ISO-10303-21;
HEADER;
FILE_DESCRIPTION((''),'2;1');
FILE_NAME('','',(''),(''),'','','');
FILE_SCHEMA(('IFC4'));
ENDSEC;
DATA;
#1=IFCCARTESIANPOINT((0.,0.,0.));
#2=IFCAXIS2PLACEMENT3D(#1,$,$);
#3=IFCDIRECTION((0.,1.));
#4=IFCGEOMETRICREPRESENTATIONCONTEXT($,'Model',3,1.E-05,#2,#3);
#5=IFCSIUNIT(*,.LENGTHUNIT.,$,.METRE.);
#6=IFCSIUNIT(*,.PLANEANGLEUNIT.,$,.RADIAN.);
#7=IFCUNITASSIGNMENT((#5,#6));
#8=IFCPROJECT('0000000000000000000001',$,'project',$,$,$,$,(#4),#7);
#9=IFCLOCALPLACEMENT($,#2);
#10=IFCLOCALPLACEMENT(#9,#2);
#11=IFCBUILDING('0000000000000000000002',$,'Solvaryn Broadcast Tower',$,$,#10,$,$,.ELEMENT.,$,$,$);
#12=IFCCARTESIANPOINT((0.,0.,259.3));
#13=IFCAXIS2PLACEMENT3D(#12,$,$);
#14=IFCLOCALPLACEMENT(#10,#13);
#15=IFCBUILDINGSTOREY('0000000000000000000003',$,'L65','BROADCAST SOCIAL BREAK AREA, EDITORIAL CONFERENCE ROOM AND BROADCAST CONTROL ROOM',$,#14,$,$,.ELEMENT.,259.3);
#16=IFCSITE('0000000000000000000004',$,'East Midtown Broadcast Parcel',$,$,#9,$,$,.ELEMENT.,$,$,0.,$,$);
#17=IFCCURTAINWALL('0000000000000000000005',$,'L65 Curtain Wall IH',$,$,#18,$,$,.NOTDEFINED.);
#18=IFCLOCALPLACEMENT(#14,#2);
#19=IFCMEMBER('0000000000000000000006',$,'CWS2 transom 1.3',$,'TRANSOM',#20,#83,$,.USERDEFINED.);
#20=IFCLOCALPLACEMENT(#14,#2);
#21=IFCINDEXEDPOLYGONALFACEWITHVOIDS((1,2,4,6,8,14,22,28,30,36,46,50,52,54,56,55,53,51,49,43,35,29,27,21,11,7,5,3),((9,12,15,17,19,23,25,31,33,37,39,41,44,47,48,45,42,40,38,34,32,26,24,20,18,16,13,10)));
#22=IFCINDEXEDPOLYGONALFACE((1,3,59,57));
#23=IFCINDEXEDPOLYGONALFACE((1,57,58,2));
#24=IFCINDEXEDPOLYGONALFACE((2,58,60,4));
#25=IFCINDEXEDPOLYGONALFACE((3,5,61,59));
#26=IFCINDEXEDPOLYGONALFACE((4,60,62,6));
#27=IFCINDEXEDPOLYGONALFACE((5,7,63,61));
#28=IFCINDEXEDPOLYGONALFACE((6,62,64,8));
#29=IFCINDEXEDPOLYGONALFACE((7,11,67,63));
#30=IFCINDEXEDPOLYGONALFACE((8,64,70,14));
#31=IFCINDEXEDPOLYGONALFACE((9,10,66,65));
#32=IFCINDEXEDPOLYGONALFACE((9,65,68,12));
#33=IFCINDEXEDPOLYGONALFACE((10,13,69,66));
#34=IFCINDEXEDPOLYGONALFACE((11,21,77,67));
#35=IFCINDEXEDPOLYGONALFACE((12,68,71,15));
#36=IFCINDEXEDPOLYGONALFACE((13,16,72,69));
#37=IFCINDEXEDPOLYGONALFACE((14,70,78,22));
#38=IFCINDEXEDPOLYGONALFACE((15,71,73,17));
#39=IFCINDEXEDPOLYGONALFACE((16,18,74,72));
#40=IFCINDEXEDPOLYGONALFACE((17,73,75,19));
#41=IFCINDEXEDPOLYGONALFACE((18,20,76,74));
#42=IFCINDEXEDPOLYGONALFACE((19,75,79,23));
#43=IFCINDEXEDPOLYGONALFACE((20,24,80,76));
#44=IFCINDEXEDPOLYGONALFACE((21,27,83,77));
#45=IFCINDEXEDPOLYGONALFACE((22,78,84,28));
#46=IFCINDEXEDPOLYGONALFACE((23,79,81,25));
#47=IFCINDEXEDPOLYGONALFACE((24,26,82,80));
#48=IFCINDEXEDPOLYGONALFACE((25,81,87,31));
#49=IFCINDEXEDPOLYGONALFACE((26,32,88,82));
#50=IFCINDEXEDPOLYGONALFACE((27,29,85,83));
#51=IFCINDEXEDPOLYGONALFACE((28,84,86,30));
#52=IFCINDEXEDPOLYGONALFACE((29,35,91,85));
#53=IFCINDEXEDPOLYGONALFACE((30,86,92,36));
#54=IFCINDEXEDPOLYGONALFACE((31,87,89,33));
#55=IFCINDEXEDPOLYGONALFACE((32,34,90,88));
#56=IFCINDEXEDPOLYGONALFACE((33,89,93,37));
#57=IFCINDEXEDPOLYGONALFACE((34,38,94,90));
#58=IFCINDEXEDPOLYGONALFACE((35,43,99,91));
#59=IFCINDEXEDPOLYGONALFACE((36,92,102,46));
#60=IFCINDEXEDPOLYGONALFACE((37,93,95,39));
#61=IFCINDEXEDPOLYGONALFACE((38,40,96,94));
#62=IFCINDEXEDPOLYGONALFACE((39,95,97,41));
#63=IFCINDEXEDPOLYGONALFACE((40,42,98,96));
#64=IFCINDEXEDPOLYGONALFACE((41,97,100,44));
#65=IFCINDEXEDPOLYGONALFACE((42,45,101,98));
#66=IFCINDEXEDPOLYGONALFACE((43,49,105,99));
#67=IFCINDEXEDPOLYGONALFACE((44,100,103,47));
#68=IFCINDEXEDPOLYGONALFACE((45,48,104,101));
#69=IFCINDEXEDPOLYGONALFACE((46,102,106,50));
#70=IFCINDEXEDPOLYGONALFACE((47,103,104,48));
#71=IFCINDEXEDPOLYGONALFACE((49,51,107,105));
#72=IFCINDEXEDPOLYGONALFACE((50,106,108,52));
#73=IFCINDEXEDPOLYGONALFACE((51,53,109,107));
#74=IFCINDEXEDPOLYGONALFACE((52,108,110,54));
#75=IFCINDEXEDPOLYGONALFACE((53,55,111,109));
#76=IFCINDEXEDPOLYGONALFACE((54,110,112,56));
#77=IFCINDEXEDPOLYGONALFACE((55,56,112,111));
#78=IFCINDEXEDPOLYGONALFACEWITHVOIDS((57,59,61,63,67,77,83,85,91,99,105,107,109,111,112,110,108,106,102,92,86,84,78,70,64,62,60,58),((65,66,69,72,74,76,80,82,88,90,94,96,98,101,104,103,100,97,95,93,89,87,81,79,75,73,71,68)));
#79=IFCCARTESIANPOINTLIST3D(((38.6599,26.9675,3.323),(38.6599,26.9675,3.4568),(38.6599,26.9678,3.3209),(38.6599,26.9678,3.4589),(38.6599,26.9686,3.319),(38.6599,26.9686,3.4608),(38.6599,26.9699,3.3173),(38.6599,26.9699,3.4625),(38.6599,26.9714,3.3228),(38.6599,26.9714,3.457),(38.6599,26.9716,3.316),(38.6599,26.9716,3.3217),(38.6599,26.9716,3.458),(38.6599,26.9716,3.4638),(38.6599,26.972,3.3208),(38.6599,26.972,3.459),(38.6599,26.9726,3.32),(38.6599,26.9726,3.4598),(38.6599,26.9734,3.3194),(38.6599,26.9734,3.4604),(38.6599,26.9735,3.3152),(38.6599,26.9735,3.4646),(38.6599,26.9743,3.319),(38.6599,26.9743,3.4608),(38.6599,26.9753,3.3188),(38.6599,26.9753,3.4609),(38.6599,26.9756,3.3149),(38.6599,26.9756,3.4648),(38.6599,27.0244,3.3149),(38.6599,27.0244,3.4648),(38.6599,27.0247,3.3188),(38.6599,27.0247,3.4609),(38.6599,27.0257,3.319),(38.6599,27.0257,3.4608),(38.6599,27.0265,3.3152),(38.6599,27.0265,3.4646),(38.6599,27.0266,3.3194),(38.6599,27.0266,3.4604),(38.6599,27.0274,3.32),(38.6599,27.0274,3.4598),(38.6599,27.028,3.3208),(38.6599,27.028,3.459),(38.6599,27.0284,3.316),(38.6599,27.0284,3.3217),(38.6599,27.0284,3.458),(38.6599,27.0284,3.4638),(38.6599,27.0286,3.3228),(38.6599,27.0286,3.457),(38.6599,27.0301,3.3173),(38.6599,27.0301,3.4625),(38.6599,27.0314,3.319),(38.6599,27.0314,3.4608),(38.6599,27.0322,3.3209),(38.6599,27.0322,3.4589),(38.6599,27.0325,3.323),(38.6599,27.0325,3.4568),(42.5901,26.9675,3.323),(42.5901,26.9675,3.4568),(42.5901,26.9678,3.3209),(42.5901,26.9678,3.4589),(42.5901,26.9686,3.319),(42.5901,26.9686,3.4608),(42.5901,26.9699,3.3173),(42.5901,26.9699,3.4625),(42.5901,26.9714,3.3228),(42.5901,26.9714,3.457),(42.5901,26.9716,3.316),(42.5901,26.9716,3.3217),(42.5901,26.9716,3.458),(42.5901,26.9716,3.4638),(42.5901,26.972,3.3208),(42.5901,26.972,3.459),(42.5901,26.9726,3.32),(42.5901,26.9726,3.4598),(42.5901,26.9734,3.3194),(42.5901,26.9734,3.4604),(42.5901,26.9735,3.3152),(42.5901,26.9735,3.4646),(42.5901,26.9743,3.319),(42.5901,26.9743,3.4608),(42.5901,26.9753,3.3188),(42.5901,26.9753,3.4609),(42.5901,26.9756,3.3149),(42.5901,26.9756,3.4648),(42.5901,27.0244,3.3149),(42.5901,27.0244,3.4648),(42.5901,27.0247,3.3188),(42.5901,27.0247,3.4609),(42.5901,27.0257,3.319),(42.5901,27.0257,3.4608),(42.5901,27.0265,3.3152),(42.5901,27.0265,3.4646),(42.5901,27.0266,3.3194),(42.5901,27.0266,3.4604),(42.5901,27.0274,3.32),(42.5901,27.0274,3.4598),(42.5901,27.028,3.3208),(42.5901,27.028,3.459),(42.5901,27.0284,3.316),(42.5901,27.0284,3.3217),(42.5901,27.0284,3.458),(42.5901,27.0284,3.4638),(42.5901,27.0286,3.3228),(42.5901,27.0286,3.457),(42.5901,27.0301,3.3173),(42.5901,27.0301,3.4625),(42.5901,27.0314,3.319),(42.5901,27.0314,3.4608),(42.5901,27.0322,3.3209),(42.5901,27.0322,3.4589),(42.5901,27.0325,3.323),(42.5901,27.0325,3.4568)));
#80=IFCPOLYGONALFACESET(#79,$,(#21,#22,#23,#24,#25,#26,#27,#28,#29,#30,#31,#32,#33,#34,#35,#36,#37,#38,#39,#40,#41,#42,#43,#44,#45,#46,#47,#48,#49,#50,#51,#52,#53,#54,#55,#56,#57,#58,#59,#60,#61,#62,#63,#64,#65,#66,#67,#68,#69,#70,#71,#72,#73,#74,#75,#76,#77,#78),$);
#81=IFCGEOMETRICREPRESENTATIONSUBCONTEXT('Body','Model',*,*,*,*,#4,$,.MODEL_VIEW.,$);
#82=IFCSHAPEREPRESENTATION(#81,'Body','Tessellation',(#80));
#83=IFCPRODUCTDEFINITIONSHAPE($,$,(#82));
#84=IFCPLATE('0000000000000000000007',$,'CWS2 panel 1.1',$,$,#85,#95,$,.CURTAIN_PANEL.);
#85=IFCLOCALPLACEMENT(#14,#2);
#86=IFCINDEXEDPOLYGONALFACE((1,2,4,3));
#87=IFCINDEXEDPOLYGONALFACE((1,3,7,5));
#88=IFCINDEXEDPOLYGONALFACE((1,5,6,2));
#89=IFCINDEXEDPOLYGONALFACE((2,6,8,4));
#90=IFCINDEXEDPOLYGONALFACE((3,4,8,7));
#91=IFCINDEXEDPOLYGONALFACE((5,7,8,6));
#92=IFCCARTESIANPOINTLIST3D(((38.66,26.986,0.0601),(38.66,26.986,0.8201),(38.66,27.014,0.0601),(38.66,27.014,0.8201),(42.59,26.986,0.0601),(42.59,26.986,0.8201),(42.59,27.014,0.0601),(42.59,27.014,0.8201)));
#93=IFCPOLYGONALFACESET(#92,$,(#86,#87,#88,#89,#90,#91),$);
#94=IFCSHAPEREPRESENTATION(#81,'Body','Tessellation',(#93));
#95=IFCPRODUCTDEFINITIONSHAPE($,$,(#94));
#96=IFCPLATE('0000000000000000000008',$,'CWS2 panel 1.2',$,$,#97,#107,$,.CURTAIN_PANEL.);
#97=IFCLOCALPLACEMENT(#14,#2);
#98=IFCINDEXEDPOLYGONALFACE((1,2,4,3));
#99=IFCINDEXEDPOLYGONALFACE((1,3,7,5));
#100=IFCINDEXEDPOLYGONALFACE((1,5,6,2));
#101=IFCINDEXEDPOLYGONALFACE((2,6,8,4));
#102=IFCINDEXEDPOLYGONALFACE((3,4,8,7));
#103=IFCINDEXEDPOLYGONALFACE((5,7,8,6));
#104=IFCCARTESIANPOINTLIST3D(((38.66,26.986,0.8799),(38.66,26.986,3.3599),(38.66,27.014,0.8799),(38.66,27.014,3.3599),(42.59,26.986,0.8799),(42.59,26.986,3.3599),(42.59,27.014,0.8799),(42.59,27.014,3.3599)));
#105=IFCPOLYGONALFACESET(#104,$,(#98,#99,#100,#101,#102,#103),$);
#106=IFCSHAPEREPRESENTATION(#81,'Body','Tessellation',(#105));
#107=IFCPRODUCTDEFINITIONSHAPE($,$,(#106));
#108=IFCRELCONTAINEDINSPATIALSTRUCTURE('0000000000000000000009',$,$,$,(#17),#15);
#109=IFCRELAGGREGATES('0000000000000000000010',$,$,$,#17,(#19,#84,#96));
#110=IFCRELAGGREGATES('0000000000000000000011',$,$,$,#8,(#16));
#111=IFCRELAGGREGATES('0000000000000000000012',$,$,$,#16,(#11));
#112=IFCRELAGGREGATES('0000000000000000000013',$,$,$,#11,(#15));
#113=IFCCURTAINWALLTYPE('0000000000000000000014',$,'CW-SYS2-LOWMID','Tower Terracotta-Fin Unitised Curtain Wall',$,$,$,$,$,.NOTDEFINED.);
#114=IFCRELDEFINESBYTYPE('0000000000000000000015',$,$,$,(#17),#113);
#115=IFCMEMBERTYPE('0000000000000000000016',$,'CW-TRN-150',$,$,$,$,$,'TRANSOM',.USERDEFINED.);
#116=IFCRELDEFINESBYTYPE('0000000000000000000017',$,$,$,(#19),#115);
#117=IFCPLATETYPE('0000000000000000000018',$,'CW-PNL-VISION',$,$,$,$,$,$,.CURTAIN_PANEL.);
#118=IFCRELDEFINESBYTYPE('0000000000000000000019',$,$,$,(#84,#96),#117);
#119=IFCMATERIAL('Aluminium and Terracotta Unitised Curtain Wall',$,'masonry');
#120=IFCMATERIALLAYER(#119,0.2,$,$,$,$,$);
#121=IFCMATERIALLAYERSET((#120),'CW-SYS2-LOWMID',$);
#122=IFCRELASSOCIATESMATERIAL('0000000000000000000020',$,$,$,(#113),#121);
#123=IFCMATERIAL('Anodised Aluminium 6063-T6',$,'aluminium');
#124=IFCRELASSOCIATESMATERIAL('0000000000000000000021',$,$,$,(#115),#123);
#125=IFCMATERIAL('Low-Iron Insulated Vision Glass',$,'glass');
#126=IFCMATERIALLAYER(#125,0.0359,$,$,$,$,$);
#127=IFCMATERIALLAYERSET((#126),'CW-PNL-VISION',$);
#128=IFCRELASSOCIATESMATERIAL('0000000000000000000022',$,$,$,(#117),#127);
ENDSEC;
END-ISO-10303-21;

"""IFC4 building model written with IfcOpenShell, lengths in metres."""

from ifc_helpers import new_model, si_unit, direction, frame, origin, origin_2d, place, context, subcontext, project, spatial, rectangle, hollow_rectangle, extrude, material, layer, layer_set, material_profile, profile_set, type_object, element, aggregate, save


model = new_model("IFC4")

# Units and contexts
model_context = context("Model", 3, precision=1e-05, world=origin(), true_north=direction((0.0, 1.0)))
body_context = subcontext(model_context, "Body", "Model", "MODEL_VIEW")
ifc_project = project(units=[si_unit("LENGTHUNIT", "METRE"), si_unit("PLANEANGLEUNIT", "RADIAN")], contexts=[model_context])

# Site, building, storey
site_placement = place(None, origin())
site = spatial("IfcSite", under=ifc_project, at=site_placement, Name="East Midtown Broadcast Parcel", CompositionType="ELEMENT", RefElevation=0.0)
building_placement = place(site_placement, origin())
building = spatial("IfcBuilding", under=site, at=building_placement, Name="Solvaryn Broadcast Tower", CompositionType="ELEMENT")
storey_placement = place(building_placement, frame((0.0, 0.0, 259.3)))
storey = spatial("IfcBuildingStorey", under=building, at=storey_placement, Name="L65", Description="BROADCAST SOCIAL BREAK AREA, EDITORIAL CONFERENCE ROOM AND BROADCAST CONTROL ROOM", CompositionType="ELEMENT", Elevation=259.3)

# Shared definitions
ifc_material_1 = material(Name="Aluminium and Terracotta Unitised Curtain Wall", Category="masonry")
ifc_layer_1 = layer(ifc_material_1, 0.2)
ifc_layer_set_1 = layer_set([ifc_layer_1], Name="CW-SYS2-LOWMID")
curtain_wall_type = type_object("IfcCurtainWallType", Name="CW-SYS2-LOWMID", Description="Tower Terracotta-Fin Unitised Curtain Wall", PredefinedType="NOTDEFINED", material=ifc_layer_set_1)

# Curtain wall
curtain_wall_1_placement = place(storey_placement, origin())
curtain_wall_1 = element("IfcCurtainWall", 1, at=curtain_wall_1_placement, inside=storey, type_object=curtain_wall_type, Name="L65 Curtain Wall IH", PredefinedType="NOTDEFINED")

# Member
ifc_material_2 = material(Name="Anodised Aluminium 6063-T6", Category="aluminium")
ifc_material_profile_1 = material_profile(ifc_material_2, hollow_rectangle(XDim=0.0649, YDim=0.1499, WallThickness=0.0039, InnerFilletRadius=0.0039, OuterFilletRadius=0.0081, at=origin_2d()))
ifc_profile_set_1 = profile_set([ifc_material_profile_1], Name="Anodised Aluminium 6063-T6")
member_type_1 = type_object("IfcMemberType", Name="CW-TRN-150", ElementType="TRANSOM", PredefinedType="USERDEFINED", material=ifc_profile_set_1)
member_1_placement = place(storey_placement, frame((38.6599, 27.0, 3.3899), z_axis=(1.0, 0.0, 0.0), x_axis=(0.0, 1.0, 0.0)))
member_1 = element("IfcMember", 2, at=member_1_placement, type_object=member_type_1, Name="CWS2 transom 1.3", ObjectType="TRANSOM", PredefinedType="USERDEFINED", context=body_context, shape_type="SweptSolid", body=[
    extrude(hollow_rectangle(XDim=0.0649, YDim=0.1499, WallThickness=0.0039, InnerFilletRadius=0.0039, OuterFilletRadius=0.0081, at=origin_2d()), origin(), (0.0, 0.0, 1.0), 3.9302),
])

# Plates
ifc_material_3 = material(Name="Low-Iron Insulated Vision Glass", Category="glass")
ifc_layer_2 = layer(ifc_material_3, 0.0359)
ifc_layer_set_2 = layer_set([ifc_layer_2], Name="CW-PNL-VISION")
plate_type = type_object("IfcPlateType", Name="CW-PNL-VISION", PredefinedType="CURTAIN_PANEL", material=ifc_layer_set_2)
plate_1_placement = place(storey_placement, frame((40.625, 27.0, 0.0601), z_axis=(0.0, 0.0, 1.0), x_axis=(1.0, 0.0, 0.0)))
plate_1 = element("IfcPlate", 3, at=plate_1_placement, type_object=plate_type, Name="CWS2 panel 1.1", PredefinedType="CURTAIN_PANEL", context=body_context, shape_type="SweptSolid", body=[
    extrude(rectangle(XDim=3.9299, YDim=0.0281, at=origin_2d()), origin(), (0.0, 0.0, 1.0), 0.76),
])
plate_2_placement = place(storey_placement, frame((40.625, 27.0, 0.8799), z_axis=(0.0, 0.0, 1.0), x_axis=(1.0, 0.0, 0.0)))
plate_2 = element("IfcPlate", 4, at=plate_2_placement, type_object=plate_type, Name="CWS2 panel 1.2", PredefinedType="CURTAIN_PANEL", context=body_context, shape_type="SweptSolid", body=[
    extrude(rectangle(XDim=3.9299, YDim=0.0281, at=origin_2d()), origin(), (0.0, 0.0, 1.0), 2.48),
])
aggregate(curtain_wall_1, [member_1, plate_1, plate_2])

save(model, "model.ifc")
